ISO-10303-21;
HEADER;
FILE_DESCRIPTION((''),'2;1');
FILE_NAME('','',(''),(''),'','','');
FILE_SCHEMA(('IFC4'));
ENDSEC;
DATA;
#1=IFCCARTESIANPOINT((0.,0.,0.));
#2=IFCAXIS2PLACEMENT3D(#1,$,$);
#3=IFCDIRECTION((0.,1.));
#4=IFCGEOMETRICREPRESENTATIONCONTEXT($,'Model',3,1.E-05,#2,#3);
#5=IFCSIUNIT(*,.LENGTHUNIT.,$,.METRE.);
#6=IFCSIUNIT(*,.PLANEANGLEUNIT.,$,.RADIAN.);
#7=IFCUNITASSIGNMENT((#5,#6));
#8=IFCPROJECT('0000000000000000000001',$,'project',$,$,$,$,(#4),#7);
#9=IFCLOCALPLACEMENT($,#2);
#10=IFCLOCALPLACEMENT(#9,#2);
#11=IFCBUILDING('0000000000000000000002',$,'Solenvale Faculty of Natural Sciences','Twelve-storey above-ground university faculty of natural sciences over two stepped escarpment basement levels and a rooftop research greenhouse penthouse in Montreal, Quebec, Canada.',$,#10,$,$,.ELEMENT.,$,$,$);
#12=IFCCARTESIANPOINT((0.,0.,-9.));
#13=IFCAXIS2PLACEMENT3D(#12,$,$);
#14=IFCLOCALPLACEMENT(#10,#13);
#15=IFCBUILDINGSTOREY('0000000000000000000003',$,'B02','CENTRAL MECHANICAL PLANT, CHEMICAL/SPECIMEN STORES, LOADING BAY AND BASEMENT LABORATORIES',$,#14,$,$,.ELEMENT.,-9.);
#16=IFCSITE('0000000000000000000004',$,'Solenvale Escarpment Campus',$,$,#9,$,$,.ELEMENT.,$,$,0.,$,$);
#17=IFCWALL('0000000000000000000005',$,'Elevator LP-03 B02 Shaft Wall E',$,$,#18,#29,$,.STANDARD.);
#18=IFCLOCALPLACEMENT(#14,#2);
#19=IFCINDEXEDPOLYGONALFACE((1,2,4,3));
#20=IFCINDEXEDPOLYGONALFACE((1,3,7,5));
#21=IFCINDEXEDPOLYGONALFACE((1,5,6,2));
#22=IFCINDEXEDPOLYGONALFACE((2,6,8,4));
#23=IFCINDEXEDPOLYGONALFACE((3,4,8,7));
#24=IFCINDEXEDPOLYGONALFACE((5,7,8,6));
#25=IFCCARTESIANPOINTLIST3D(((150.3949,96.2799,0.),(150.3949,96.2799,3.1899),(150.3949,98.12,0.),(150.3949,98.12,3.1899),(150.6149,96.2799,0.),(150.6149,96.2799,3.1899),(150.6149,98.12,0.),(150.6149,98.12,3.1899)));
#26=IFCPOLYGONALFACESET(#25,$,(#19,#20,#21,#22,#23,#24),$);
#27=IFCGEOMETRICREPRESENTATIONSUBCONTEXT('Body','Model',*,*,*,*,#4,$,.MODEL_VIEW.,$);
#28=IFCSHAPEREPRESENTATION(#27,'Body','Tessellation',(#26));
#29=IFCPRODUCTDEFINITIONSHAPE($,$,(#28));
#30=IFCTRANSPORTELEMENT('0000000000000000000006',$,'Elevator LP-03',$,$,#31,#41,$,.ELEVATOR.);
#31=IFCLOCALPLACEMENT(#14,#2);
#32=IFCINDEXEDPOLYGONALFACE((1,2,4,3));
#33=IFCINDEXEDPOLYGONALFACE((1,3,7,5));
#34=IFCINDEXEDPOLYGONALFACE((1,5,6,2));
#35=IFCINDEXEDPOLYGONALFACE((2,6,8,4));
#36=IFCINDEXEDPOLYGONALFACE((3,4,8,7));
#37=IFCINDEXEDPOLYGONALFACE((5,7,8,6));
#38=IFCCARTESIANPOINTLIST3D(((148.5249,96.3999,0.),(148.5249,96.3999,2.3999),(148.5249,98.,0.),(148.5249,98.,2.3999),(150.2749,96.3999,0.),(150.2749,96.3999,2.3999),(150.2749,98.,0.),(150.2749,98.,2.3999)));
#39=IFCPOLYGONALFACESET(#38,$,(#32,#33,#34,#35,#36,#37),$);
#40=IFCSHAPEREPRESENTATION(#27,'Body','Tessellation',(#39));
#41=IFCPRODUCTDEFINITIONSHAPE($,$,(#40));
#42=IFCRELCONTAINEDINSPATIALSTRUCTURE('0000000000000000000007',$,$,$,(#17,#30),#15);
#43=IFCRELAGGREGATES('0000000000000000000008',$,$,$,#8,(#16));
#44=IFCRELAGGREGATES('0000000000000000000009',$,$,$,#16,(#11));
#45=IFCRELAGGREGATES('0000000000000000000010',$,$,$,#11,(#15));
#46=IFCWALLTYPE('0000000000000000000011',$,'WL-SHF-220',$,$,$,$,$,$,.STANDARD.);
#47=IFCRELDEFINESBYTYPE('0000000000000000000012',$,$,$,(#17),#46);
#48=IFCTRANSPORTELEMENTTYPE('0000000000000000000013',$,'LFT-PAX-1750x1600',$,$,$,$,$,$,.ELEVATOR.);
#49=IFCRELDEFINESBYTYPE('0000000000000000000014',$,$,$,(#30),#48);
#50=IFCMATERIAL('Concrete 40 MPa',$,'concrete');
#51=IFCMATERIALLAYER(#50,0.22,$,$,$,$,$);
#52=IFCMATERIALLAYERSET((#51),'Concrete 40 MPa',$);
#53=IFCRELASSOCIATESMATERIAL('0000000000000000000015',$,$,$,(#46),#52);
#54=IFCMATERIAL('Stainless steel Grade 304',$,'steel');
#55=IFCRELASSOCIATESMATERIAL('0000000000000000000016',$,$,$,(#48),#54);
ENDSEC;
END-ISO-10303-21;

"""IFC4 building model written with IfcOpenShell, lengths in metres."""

from ifc_helpers import new_model, si_unit, direction, frame, frame_2d, origin, origin_2d, place, context, subcontext, project, spatial, rectangle, extrude, material, layer, layer_set, type_object, element, save


model = new_model("IFC4")

# Units and contexts
model_context = context("Model", 3, precision=1e-05, world=origin(), true_north=direction((0.0, 1.0)))
body_context = subcontext(model_context, "Body", "Model", "MODEL_VIEW")
ifc_project = project(units=[si_unit("LENGTHUNIT", "METRE"), si_unit("PLANEANGLEUNIT", "RADIAN")], contexts=[model_context])

# Site, building, storey
site_placement = place(None, origin())
site = spatial("IfcSite", under=ifc_project, at=site_placement, Name="Solenvale Escarpment Campus", CompositionType="ELEMENT", RefElevation=0.0)
building_placement = place(site_placement, origin())
building = spatial("IfcBuilding", under=site, at=building_placement, Name="Solenvale Faculty of Natural Sciences", Description="Twelve-storey above-ground university faculty of natural sciences over two stepped escarpment basement levels and a rooftop research greenhouse penthouse in Montreal, Quebec, Canada.", CompositionType="ELEMENT")
storey_placement = place(building_placement, frame((0.0, 0.0, -9.0)))
storey = spatial("IfcBuildingStorey", under=building, at=storey_placement, Name="B02", Description="CENTRAL MECHANICAL PLANT, CHEMICAL/SPECIMEN STORES, LOADING BAY AND BASEMENT LABORATORIES", CompositionType="ELEMENT", Elevation=-9.0)

# Shared definitions
ifc_material_1 = material(Name="Concrete 40 MPa", Category="concrete")

# Shared definitions
ifc_layer_1 = layer(ifc_material_1, 0.22)
ifc_layer_set_1 = layer_set([ifc_layer_1], Name="Concrete 40 MPa")
wall_type_1 = type_object("IfcWallType", Name="WL-SHF-220", PredefinedType="STANDARD", material=ifc_layer_set_1)

# Shared definitions
ifc_material_2 = material(Name="Stainless steel Grade 304", Category="steel")

# Wall
for number, where, z_axis, x_axis, name in (
    (1, (150.5049, 96.28, 0.0), (0.0, 0.0, 1.0), (0.0, 1.0, 0.0), "Elevator LP-03 B02 Shaft Wall E"),
):
    element("IfcWall", number, at=place(storey_placement, frame(where, z_axis=z_axis, x_axis=x_axis)), inside=storey, type_object=wall_type_1, Name=name, PredefinedType="STANDARD", context=body_context, shape_type="SweptSolid", body=[
        extrude(rectangle(XDim=1.8401, YDim=0.22, at=frame_2d((0.9199, 0.0))), origin(), (0.0, 0.0, 1.0), 3.1899),
    ])

# Transport element
transport_element_type = type_object("IfcTransportElementType", Name="LFT-PAX-1750x1600", PredefinedType="ELEVATOR", material=ifc_material_2)
transport_element_placement = place(storey_placement, frame((149.3999, 97.2, 0.0), z_axis=(0.0, 0.0, 1.0), x_axis=(1.0, 0.0, 0.0)))
element("IfcTransportElement", 2, at=transport_element_placement, inside=storey, type_object=transport_element_type, Name="Elevator LP-03", PredefinedType="ELEVATOR", context=body_context, shape_type="SweptSolid", body=[
    extrude(rectangle(XDim=1.75, YDim=1.6001, at=origin_2d()), origin(), (0.0, 0.0, 1.0), 2.3999),
])

save(model, "model.ifc")
